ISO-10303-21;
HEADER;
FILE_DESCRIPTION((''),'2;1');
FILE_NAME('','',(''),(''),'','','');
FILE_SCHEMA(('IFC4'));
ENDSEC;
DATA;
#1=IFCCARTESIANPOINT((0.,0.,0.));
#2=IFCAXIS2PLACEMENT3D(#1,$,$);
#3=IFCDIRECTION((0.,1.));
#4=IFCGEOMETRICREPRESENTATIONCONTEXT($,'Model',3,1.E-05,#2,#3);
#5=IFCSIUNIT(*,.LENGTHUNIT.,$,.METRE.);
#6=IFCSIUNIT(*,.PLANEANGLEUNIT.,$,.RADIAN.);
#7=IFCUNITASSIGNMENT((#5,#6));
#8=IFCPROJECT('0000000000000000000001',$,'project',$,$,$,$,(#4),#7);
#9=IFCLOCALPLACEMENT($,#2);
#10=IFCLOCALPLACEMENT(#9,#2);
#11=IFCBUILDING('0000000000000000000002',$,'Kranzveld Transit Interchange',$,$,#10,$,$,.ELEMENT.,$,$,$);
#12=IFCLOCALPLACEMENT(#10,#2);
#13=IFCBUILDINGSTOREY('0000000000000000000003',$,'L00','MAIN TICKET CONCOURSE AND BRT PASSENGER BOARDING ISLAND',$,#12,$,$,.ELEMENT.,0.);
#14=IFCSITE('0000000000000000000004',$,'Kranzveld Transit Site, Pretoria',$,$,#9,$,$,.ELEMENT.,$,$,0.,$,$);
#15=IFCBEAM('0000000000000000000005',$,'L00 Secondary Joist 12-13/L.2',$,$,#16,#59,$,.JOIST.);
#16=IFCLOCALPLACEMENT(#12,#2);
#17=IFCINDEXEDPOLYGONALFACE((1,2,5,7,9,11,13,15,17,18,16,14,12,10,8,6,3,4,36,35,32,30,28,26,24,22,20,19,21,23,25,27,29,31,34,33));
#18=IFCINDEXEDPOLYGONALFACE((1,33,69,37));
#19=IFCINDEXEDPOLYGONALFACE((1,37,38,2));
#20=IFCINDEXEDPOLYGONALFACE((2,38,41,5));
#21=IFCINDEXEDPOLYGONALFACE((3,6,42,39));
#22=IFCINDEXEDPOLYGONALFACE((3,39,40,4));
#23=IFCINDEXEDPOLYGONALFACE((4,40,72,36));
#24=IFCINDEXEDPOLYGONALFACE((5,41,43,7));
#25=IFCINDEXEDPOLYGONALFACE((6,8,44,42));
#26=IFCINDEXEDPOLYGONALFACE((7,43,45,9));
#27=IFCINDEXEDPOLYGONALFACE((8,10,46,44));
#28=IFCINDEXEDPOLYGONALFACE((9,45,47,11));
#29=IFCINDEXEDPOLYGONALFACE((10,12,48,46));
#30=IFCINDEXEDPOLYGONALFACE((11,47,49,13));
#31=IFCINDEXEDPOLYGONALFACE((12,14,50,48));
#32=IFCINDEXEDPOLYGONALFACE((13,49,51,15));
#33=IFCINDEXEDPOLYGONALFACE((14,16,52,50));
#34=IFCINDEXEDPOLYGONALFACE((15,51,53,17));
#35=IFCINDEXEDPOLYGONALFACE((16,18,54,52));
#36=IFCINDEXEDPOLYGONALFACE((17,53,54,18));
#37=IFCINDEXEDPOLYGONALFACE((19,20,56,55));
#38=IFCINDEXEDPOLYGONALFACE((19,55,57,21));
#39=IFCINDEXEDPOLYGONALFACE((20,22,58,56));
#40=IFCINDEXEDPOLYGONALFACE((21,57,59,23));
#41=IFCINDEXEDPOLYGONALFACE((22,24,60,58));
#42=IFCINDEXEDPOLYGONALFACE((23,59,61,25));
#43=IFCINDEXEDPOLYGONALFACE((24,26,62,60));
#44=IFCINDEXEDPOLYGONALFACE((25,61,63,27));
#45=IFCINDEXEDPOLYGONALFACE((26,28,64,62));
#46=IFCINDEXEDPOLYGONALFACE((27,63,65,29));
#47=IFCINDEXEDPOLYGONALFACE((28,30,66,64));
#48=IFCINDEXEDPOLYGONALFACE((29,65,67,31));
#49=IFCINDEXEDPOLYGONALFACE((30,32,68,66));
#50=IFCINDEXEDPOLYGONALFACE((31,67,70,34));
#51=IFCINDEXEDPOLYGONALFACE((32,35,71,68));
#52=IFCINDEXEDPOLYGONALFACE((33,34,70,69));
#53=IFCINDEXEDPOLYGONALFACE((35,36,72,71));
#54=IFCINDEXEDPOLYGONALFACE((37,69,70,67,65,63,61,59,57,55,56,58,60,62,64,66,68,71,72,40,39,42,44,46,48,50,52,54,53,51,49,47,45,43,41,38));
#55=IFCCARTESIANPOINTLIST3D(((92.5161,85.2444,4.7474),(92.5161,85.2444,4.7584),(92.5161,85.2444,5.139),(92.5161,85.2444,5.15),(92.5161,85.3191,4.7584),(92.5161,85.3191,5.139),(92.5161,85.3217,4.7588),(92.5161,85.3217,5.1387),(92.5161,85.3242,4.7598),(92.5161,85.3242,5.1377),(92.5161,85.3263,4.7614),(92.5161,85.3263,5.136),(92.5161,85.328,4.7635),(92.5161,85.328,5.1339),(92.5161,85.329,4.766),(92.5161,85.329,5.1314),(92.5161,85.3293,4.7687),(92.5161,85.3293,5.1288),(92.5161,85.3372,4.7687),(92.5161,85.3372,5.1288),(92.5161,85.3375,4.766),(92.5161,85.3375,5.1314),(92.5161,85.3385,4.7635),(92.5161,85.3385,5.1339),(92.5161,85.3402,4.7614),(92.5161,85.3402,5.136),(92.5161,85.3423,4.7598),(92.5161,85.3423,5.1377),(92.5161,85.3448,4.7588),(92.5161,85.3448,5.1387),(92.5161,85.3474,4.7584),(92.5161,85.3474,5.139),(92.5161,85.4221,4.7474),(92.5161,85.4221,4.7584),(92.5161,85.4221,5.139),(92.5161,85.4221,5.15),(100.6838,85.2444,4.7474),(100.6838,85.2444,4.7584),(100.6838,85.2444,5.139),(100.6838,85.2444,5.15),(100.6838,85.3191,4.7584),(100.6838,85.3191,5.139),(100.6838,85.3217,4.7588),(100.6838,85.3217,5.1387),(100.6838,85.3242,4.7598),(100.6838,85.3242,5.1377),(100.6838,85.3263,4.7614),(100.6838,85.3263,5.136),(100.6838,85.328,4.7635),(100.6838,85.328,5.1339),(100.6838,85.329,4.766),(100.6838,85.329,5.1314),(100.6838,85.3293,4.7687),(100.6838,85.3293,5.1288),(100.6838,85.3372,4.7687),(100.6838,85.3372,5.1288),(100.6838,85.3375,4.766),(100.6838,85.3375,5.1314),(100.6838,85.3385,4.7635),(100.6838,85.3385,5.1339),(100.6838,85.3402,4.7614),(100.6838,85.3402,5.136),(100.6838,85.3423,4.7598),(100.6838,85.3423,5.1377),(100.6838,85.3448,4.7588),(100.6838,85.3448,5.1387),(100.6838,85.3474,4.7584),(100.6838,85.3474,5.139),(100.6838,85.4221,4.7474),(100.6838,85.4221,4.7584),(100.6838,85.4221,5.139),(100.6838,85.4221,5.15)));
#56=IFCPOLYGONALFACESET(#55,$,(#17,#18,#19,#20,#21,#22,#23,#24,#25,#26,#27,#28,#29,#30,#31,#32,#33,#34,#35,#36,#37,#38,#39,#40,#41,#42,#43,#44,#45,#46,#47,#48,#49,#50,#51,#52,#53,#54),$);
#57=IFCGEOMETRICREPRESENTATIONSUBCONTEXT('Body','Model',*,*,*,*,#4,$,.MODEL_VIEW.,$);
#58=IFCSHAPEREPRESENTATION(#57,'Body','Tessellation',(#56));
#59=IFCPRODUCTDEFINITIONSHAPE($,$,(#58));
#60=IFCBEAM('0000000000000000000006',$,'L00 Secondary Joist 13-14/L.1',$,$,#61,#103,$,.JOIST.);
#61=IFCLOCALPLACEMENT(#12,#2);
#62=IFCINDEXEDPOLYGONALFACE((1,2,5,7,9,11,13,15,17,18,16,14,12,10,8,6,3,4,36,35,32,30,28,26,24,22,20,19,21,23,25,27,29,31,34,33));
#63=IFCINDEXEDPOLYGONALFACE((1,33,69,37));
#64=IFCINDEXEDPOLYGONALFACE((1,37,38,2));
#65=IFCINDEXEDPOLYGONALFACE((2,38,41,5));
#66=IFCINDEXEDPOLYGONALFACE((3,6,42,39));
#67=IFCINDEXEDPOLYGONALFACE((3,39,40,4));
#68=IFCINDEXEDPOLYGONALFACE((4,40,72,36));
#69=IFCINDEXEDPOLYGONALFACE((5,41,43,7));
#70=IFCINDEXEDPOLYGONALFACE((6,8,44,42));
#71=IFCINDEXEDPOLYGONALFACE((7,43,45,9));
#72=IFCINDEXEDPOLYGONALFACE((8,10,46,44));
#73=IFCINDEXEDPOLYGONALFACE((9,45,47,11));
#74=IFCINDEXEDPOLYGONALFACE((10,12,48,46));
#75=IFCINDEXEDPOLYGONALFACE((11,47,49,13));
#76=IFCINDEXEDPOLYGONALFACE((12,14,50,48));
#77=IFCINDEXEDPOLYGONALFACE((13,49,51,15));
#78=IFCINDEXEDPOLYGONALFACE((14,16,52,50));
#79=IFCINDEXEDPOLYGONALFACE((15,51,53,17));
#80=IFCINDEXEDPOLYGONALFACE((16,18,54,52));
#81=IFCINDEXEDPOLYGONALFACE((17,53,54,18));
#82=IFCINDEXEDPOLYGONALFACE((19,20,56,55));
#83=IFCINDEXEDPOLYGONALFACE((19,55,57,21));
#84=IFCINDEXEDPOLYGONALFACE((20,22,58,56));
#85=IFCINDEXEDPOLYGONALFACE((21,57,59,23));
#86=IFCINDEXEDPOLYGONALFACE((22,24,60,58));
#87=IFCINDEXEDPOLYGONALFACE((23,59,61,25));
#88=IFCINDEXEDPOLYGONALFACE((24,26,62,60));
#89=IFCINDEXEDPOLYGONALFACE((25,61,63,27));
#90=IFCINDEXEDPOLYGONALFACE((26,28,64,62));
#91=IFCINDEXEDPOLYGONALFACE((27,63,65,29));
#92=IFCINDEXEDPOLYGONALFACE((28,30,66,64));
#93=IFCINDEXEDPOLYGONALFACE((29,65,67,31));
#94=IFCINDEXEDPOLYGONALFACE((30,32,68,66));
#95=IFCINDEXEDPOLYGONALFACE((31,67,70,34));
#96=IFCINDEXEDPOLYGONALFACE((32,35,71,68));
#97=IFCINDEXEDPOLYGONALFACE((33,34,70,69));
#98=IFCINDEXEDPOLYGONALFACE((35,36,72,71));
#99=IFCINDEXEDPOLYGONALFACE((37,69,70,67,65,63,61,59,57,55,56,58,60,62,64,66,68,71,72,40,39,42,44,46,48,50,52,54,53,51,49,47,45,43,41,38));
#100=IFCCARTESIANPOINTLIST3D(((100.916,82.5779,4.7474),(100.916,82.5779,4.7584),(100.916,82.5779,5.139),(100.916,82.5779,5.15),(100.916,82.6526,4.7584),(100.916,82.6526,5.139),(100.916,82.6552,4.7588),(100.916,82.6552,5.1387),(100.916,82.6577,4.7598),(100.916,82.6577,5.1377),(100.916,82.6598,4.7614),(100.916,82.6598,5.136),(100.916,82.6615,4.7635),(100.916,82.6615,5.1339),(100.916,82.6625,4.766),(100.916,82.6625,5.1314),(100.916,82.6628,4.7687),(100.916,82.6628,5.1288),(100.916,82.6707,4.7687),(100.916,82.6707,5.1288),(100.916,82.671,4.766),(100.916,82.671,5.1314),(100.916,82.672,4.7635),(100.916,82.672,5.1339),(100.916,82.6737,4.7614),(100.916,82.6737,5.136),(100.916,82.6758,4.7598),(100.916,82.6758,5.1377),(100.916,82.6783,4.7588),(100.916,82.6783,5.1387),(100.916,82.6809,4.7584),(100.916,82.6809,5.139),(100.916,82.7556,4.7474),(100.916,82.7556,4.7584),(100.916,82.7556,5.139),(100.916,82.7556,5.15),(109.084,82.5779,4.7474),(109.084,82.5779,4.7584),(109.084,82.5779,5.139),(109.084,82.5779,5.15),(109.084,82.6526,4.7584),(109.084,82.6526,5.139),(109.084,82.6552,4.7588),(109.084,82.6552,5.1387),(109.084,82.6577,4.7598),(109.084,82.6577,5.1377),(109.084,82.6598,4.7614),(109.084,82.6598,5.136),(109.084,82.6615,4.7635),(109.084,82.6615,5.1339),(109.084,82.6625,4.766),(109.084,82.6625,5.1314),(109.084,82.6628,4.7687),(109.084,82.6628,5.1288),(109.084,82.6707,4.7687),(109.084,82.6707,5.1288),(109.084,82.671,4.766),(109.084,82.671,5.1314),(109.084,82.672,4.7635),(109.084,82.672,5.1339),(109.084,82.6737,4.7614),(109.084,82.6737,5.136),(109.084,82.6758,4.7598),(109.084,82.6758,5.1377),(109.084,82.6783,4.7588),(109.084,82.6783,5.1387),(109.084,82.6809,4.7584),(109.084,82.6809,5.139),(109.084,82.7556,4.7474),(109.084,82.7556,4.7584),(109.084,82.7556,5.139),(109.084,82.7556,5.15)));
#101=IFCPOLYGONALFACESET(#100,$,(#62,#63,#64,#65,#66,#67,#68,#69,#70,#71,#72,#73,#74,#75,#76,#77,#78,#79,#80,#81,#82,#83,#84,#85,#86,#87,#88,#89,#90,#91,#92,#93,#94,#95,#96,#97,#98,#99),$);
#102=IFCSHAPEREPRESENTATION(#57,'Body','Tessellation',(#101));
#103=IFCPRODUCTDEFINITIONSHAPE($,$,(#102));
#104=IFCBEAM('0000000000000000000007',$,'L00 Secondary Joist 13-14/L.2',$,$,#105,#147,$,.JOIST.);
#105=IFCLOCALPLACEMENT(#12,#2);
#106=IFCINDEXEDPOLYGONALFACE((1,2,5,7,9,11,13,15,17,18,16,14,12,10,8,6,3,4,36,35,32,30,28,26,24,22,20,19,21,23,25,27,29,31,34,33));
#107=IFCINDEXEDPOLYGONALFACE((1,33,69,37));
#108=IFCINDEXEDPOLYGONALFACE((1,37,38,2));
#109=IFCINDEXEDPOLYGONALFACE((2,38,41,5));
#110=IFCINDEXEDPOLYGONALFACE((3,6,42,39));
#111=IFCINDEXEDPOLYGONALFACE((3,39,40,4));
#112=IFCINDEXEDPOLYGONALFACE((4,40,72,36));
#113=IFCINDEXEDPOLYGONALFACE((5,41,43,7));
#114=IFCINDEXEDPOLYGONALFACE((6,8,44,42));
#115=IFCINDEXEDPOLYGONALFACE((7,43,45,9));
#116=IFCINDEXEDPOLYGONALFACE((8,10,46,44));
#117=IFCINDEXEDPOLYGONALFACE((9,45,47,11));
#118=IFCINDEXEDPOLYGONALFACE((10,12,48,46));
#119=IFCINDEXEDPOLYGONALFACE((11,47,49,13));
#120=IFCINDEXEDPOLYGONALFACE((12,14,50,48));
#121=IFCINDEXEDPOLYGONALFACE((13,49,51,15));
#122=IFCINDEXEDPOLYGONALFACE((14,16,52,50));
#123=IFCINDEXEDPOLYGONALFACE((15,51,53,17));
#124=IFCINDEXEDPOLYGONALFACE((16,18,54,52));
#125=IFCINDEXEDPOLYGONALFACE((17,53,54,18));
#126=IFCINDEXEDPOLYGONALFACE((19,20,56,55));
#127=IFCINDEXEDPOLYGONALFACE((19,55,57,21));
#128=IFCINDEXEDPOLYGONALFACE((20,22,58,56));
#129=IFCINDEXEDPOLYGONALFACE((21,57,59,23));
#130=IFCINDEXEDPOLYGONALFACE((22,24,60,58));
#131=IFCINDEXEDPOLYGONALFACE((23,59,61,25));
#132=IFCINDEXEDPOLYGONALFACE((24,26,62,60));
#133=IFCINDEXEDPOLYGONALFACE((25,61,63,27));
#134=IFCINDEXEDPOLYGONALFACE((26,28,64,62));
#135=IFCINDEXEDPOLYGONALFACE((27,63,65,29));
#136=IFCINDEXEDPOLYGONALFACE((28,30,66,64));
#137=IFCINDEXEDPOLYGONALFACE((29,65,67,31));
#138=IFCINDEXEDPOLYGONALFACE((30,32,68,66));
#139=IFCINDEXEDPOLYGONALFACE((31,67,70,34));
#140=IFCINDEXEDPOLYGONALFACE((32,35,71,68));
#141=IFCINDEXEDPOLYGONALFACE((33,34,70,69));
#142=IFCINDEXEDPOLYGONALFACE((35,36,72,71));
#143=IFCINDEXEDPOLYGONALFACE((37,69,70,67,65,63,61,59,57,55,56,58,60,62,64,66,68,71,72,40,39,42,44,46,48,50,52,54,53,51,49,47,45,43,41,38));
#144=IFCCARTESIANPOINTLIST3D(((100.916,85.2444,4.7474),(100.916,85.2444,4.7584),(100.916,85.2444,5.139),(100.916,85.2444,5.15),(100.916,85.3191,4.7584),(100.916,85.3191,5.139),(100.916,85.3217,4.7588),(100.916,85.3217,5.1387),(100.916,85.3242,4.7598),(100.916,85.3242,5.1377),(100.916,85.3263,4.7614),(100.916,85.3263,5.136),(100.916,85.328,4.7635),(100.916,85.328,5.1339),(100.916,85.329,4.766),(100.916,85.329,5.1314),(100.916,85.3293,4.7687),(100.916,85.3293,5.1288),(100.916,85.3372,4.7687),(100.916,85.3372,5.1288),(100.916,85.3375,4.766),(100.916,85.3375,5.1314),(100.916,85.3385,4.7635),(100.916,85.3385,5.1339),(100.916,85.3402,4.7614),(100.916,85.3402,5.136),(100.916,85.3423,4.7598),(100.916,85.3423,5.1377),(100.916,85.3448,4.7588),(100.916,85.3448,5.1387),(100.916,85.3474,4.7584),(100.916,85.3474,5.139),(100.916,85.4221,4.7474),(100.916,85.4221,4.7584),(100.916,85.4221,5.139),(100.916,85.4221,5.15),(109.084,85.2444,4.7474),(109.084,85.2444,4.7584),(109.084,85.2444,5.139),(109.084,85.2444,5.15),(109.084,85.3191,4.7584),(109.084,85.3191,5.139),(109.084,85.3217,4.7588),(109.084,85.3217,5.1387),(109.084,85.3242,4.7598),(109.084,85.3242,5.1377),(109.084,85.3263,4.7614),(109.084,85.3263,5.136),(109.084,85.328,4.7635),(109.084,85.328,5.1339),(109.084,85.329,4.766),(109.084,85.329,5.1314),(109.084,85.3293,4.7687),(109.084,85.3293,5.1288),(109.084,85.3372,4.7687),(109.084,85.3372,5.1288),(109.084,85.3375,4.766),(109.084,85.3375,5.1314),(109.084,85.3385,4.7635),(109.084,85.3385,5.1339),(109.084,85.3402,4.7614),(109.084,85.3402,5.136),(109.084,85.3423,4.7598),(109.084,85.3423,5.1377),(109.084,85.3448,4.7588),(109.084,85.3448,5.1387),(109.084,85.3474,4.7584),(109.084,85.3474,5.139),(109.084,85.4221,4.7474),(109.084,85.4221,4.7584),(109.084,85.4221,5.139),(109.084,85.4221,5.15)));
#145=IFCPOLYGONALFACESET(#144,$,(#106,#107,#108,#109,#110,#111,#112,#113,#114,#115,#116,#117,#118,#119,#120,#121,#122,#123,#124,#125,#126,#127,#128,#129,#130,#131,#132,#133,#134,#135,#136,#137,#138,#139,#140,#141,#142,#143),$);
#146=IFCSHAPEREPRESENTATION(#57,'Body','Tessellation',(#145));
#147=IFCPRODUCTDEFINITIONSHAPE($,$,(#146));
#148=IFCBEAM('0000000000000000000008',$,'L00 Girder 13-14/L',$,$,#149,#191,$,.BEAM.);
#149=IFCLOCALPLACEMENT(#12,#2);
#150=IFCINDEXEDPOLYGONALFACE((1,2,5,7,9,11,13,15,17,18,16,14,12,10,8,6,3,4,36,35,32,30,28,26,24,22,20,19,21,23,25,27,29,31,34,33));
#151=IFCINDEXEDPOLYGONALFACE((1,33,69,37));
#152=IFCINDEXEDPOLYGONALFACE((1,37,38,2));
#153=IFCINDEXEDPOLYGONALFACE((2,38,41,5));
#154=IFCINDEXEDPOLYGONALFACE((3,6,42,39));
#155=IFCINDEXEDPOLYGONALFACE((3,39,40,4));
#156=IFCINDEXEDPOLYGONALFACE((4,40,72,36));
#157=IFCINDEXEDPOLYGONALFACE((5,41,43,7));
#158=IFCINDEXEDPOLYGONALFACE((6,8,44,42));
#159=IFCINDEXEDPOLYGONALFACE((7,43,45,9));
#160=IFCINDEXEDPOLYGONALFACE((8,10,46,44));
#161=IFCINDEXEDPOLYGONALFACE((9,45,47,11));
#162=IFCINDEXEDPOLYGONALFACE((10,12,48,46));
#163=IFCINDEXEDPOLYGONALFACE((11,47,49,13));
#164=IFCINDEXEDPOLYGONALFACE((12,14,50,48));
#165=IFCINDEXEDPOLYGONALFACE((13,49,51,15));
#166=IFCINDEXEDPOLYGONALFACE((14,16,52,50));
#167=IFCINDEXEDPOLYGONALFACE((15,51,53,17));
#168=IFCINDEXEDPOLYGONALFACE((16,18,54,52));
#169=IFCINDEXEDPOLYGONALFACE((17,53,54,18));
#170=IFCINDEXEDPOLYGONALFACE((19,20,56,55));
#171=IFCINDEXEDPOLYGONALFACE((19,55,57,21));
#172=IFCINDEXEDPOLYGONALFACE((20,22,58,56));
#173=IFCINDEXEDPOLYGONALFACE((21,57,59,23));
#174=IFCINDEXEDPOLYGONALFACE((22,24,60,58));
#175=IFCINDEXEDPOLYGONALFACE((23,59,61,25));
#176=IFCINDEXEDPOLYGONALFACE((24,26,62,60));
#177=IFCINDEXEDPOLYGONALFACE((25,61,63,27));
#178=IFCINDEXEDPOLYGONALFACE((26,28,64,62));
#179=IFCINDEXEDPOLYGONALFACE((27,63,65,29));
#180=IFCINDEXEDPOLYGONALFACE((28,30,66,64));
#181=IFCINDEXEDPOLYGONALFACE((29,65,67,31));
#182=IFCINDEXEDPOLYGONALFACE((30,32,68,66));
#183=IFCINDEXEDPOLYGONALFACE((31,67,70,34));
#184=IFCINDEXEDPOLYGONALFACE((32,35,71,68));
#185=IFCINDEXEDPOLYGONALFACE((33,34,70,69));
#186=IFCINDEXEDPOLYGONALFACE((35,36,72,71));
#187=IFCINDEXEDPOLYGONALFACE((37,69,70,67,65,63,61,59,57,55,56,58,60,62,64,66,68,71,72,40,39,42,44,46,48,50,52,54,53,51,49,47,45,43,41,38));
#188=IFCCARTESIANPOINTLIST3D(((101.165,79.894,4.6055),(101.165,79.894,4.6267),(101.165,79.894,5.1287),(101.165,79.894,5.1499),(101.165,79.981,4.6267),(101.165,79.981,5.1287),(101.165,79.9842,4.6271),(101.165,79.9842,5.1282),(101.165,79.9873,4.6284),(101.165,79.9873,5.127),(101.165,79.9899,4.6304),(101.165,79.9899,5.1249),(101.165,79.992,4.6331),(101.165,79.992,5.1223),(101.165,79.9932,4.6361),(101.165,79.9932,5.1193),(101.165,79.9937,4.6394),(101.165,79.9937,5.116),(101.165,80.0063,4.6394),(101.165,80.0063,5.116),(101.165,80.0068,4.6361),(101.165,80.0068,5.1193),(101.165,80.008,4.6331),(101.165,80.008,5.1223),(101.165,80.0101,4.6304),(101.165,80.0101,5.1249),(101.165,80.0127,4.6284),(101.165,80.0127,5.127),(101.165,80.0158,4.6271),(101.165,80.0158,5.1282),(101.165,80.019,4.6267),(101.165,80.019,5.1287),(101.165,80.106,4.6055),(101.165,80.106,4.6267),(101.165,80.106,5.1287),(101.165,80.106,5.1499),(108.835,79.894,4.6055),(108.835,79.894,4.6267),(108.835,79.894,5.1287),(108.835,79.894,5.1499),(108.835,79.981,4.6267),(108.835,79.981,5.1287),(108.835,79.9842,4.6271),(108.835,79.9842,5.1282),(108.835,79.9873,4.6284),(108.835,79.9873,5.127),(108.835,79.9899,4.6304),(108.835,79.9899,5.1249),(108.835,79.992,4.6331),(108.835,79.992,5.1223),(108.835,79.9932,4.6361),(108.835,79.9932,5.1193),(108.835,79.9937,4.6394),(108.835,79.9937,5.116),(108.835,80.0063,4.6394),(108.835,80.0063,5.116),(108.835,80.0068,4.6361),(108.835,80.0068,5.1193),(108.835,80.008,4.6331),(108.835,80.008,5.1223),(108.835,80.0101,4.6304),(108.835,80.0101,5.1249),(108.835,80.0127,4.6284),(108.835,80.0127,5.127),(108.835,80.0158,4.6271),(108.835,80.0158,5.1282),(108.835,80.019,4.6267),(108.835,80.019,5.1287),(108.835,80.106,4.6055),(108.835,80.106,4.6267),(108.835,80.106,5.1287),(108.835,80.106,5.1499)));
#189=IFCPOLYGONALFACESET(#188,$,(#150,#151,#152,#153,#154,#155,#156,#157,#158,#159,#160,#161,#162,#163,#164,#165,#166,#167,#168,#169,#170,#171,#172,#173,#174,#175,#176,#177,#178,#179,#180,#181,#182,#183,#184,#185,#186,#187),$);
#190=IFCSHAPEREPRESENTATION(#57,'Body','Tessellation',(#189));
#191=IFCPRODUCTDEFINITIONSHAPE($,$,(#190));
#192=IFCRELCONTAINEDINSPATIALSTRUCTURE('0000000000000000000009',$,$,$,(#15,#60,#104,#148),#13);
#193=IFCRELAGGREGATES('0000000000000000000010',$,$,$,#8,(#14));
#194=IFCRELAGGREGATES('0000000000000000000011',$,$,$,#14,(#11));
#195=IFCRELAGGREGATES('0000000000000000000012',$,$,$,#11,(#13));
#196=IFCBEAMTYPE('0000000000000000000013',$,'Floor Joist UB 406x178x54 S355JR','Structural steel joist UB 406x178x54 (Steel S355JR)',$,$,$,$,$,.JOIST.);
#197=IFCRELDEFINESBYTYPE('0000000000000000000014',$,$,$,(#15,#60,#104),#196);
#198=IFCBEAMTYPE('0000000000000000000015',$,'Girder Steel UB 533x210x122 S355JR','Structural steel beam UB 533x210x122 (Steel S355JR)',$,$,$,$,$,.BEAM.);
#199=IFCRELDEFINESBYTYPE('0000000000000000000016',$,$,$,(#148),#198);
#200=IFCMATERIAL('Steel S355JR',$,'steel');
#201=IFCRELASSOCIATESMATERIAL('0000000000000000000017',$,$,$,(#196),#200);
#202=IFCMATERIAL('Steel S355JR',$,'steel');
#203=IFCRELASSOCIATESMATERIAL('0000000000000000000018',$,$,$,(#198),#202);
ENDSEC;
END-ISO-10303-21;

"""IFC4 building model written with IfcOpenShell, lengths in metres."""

from ifc_helpers import new_model, si_unit, direction, frame, origin, origin_2d, place, context, subcontext, project, spatial, i_section, extrude, material, material_profile, profile_set, type_object, element, save


model = new_model("IFC4")

# Units and contexts
model_context = context("Model", 3, precision=1e-05, world=origin(), true_north=direction((0.0, 1.0)))
body_context = subcontext(model_context, "Body", "Model", "MODEL_VIEW")
ifc_project = project(units=[si_unit("LENGTHUNIT", "METRE"), si_unit("PLANEANGLEUNIT", "RADIAN")], contexts=[model_context])

# Site, building, storey
site_placement = place(None, origin())
site = spatial("IfcSite", under=ifc_project, at=site_placement, Name="Kranzveld Transit Site, Pretoria", CompositionType="ELEMENT", RefElevation=0.0)
building_placement = place(site_placement, origin())
building = spatial("IfcBuilding", under=site, at=building_placement, Name="Kranzveld Transit Interchange", CompositionType="ELEMENT")
storey_placement = place(building_placement, origin())
storey = spatial("IfcBuildingStorey", under=building, at=storey_placement, Name="L00", Description="MAIN TICKET CONCOURSE AND BRT PASSENGER BOARDING ISLAND", CompositionType="ELEMENT", Elevation=0.0)

# Beams
ifc_material_1 = material(Name="Steel S355JR", Category="steel")
ifc_material_profile_1 = material_profile(ifc_material_1, i_section(OverallWidth=0.1777, OverallDepth=0.4026, WebThickness=0.0078, FlangeThickness=0.011, FilletRadius=0.0103, at=origin_2d()), Name="UB 406x178x54")
ifc_profile_set_1 = profile_set([ifc_material_profile_1], Name="Steel S355JR")
beam_type_1 = type_object("IfcBeamType", Name="Floor Joist UB 406x178x54 S355JR", Description="Structural steel joist UB 406x178x54 (Steel S355JR)", PredefinedType="JOIST", material=ifc_profile_set_1)
for number, where, z_axis, x_axis, name in (
    (1, (92.5161, 85.3333, 4.9487), (1.0, 0.0, 0.0), (0.0, 1.0, 0.0), "L00 Secondary Joist 12-13/L.2"),
):
    element("IfcBeam", number, at=place(storey_placement, frame(where, z_axis=z_axis, x_axis=x_axis)), inside=storey, type_object=beam_type_1, Name=name, PredefinedType="JOIST", context=body_context, shape_type="SweptSolid", body=[
        extrude(i_section(OverallWidth=0.1777, OverallDepth=0.4026, WebThickness=0.0078, FlangeThickness=0.011, FilletRadius=0.0103, at=origin_2d()), origin(), (0.0, 0.0, 1.0), 8.1677),
    ])
for number, where, z_axis, x_axis, name in (
    (2, (100.916, 82.6667, 4.9487), (1.0, 0.0, 0.0), (0.0, 1.0, 0.0), "L00 Secondary Joist 13-14/L.1"),
    (3, (100.916, 85.3333, 4.9487), (1.0, 0.0, 0.0), (0.0, 1.0, 0.0), "L00 Secondary Joist 13-14/L.2"),
):
    element("IfcBeam", number, at=place(storey_placement, frame(where, z_axis=z_axis, x_axis=x_axis)), inside=storey, type_object=beam_type_1, Name=name, PredefinedType="JOIST", context=body_context, shape_type="SweptSolid", body=[
        extrude(i_section(OverallWidth=0.1777, OverallDepth=0.4026, WebThickness=0.0078, FlangeThickness=0.011, FilletRadius=0.0103, at=origin_2d()), origin(), (0.0, 0.0, 1.0), 8.168),
    ])
ifc_material_2 = material(Name="Steel S355JR", Category="steel")
ifc_material_profile_2 = material_profile(ifc_material_2, i_section(OverallWidth=0.2119, OverallDepth=0.5444, WebThickness=0.0127, FlangeThickness=0.0212, FilletRadius=0.0127, at=origin_2d()), Name="UB 533x210x122")
ifc_profile_set_2 = profile_set([ifc_material_profile_2], Name="Steel S355JR")
beam_type_2 = type_object("IfcBeamType", Name="Girder Steel UB 533x210x122 S355JR", Description="Structural steel beam UB 533x210x122 (Steel S355JR)", PredefinedType="BEAM", material=ifc_profile_set_2)
for number, where, z_axis, x_axis, name in (
    (4, (101.165, 80.0, 4.8777), (1.0, 0.0, 0.0), (0.0, 1.0, 0.0), "L00 Girder 13-14/L"),
):
    element("IfcBeam", number, at=place(storey_placement, frame(where, z_axis=z_axis, x_axis=x_axis)), inside=storey, type_object=beam_type_2, Name=name, PredefinedType="BEAM", context=body_context, shape_type="SweptSolid", body=[
        extrude(i_section(OverallWidth=0.2119, OverallDepth=0.5444, WebThickness=0.0127, FlangeThickness=0.0212, FilletRadius=0.0127, at=origin_2d()), origin(), (0.0, 0.0, 1.0), 7.6699),
    ])

save(model, "model.ifc")
